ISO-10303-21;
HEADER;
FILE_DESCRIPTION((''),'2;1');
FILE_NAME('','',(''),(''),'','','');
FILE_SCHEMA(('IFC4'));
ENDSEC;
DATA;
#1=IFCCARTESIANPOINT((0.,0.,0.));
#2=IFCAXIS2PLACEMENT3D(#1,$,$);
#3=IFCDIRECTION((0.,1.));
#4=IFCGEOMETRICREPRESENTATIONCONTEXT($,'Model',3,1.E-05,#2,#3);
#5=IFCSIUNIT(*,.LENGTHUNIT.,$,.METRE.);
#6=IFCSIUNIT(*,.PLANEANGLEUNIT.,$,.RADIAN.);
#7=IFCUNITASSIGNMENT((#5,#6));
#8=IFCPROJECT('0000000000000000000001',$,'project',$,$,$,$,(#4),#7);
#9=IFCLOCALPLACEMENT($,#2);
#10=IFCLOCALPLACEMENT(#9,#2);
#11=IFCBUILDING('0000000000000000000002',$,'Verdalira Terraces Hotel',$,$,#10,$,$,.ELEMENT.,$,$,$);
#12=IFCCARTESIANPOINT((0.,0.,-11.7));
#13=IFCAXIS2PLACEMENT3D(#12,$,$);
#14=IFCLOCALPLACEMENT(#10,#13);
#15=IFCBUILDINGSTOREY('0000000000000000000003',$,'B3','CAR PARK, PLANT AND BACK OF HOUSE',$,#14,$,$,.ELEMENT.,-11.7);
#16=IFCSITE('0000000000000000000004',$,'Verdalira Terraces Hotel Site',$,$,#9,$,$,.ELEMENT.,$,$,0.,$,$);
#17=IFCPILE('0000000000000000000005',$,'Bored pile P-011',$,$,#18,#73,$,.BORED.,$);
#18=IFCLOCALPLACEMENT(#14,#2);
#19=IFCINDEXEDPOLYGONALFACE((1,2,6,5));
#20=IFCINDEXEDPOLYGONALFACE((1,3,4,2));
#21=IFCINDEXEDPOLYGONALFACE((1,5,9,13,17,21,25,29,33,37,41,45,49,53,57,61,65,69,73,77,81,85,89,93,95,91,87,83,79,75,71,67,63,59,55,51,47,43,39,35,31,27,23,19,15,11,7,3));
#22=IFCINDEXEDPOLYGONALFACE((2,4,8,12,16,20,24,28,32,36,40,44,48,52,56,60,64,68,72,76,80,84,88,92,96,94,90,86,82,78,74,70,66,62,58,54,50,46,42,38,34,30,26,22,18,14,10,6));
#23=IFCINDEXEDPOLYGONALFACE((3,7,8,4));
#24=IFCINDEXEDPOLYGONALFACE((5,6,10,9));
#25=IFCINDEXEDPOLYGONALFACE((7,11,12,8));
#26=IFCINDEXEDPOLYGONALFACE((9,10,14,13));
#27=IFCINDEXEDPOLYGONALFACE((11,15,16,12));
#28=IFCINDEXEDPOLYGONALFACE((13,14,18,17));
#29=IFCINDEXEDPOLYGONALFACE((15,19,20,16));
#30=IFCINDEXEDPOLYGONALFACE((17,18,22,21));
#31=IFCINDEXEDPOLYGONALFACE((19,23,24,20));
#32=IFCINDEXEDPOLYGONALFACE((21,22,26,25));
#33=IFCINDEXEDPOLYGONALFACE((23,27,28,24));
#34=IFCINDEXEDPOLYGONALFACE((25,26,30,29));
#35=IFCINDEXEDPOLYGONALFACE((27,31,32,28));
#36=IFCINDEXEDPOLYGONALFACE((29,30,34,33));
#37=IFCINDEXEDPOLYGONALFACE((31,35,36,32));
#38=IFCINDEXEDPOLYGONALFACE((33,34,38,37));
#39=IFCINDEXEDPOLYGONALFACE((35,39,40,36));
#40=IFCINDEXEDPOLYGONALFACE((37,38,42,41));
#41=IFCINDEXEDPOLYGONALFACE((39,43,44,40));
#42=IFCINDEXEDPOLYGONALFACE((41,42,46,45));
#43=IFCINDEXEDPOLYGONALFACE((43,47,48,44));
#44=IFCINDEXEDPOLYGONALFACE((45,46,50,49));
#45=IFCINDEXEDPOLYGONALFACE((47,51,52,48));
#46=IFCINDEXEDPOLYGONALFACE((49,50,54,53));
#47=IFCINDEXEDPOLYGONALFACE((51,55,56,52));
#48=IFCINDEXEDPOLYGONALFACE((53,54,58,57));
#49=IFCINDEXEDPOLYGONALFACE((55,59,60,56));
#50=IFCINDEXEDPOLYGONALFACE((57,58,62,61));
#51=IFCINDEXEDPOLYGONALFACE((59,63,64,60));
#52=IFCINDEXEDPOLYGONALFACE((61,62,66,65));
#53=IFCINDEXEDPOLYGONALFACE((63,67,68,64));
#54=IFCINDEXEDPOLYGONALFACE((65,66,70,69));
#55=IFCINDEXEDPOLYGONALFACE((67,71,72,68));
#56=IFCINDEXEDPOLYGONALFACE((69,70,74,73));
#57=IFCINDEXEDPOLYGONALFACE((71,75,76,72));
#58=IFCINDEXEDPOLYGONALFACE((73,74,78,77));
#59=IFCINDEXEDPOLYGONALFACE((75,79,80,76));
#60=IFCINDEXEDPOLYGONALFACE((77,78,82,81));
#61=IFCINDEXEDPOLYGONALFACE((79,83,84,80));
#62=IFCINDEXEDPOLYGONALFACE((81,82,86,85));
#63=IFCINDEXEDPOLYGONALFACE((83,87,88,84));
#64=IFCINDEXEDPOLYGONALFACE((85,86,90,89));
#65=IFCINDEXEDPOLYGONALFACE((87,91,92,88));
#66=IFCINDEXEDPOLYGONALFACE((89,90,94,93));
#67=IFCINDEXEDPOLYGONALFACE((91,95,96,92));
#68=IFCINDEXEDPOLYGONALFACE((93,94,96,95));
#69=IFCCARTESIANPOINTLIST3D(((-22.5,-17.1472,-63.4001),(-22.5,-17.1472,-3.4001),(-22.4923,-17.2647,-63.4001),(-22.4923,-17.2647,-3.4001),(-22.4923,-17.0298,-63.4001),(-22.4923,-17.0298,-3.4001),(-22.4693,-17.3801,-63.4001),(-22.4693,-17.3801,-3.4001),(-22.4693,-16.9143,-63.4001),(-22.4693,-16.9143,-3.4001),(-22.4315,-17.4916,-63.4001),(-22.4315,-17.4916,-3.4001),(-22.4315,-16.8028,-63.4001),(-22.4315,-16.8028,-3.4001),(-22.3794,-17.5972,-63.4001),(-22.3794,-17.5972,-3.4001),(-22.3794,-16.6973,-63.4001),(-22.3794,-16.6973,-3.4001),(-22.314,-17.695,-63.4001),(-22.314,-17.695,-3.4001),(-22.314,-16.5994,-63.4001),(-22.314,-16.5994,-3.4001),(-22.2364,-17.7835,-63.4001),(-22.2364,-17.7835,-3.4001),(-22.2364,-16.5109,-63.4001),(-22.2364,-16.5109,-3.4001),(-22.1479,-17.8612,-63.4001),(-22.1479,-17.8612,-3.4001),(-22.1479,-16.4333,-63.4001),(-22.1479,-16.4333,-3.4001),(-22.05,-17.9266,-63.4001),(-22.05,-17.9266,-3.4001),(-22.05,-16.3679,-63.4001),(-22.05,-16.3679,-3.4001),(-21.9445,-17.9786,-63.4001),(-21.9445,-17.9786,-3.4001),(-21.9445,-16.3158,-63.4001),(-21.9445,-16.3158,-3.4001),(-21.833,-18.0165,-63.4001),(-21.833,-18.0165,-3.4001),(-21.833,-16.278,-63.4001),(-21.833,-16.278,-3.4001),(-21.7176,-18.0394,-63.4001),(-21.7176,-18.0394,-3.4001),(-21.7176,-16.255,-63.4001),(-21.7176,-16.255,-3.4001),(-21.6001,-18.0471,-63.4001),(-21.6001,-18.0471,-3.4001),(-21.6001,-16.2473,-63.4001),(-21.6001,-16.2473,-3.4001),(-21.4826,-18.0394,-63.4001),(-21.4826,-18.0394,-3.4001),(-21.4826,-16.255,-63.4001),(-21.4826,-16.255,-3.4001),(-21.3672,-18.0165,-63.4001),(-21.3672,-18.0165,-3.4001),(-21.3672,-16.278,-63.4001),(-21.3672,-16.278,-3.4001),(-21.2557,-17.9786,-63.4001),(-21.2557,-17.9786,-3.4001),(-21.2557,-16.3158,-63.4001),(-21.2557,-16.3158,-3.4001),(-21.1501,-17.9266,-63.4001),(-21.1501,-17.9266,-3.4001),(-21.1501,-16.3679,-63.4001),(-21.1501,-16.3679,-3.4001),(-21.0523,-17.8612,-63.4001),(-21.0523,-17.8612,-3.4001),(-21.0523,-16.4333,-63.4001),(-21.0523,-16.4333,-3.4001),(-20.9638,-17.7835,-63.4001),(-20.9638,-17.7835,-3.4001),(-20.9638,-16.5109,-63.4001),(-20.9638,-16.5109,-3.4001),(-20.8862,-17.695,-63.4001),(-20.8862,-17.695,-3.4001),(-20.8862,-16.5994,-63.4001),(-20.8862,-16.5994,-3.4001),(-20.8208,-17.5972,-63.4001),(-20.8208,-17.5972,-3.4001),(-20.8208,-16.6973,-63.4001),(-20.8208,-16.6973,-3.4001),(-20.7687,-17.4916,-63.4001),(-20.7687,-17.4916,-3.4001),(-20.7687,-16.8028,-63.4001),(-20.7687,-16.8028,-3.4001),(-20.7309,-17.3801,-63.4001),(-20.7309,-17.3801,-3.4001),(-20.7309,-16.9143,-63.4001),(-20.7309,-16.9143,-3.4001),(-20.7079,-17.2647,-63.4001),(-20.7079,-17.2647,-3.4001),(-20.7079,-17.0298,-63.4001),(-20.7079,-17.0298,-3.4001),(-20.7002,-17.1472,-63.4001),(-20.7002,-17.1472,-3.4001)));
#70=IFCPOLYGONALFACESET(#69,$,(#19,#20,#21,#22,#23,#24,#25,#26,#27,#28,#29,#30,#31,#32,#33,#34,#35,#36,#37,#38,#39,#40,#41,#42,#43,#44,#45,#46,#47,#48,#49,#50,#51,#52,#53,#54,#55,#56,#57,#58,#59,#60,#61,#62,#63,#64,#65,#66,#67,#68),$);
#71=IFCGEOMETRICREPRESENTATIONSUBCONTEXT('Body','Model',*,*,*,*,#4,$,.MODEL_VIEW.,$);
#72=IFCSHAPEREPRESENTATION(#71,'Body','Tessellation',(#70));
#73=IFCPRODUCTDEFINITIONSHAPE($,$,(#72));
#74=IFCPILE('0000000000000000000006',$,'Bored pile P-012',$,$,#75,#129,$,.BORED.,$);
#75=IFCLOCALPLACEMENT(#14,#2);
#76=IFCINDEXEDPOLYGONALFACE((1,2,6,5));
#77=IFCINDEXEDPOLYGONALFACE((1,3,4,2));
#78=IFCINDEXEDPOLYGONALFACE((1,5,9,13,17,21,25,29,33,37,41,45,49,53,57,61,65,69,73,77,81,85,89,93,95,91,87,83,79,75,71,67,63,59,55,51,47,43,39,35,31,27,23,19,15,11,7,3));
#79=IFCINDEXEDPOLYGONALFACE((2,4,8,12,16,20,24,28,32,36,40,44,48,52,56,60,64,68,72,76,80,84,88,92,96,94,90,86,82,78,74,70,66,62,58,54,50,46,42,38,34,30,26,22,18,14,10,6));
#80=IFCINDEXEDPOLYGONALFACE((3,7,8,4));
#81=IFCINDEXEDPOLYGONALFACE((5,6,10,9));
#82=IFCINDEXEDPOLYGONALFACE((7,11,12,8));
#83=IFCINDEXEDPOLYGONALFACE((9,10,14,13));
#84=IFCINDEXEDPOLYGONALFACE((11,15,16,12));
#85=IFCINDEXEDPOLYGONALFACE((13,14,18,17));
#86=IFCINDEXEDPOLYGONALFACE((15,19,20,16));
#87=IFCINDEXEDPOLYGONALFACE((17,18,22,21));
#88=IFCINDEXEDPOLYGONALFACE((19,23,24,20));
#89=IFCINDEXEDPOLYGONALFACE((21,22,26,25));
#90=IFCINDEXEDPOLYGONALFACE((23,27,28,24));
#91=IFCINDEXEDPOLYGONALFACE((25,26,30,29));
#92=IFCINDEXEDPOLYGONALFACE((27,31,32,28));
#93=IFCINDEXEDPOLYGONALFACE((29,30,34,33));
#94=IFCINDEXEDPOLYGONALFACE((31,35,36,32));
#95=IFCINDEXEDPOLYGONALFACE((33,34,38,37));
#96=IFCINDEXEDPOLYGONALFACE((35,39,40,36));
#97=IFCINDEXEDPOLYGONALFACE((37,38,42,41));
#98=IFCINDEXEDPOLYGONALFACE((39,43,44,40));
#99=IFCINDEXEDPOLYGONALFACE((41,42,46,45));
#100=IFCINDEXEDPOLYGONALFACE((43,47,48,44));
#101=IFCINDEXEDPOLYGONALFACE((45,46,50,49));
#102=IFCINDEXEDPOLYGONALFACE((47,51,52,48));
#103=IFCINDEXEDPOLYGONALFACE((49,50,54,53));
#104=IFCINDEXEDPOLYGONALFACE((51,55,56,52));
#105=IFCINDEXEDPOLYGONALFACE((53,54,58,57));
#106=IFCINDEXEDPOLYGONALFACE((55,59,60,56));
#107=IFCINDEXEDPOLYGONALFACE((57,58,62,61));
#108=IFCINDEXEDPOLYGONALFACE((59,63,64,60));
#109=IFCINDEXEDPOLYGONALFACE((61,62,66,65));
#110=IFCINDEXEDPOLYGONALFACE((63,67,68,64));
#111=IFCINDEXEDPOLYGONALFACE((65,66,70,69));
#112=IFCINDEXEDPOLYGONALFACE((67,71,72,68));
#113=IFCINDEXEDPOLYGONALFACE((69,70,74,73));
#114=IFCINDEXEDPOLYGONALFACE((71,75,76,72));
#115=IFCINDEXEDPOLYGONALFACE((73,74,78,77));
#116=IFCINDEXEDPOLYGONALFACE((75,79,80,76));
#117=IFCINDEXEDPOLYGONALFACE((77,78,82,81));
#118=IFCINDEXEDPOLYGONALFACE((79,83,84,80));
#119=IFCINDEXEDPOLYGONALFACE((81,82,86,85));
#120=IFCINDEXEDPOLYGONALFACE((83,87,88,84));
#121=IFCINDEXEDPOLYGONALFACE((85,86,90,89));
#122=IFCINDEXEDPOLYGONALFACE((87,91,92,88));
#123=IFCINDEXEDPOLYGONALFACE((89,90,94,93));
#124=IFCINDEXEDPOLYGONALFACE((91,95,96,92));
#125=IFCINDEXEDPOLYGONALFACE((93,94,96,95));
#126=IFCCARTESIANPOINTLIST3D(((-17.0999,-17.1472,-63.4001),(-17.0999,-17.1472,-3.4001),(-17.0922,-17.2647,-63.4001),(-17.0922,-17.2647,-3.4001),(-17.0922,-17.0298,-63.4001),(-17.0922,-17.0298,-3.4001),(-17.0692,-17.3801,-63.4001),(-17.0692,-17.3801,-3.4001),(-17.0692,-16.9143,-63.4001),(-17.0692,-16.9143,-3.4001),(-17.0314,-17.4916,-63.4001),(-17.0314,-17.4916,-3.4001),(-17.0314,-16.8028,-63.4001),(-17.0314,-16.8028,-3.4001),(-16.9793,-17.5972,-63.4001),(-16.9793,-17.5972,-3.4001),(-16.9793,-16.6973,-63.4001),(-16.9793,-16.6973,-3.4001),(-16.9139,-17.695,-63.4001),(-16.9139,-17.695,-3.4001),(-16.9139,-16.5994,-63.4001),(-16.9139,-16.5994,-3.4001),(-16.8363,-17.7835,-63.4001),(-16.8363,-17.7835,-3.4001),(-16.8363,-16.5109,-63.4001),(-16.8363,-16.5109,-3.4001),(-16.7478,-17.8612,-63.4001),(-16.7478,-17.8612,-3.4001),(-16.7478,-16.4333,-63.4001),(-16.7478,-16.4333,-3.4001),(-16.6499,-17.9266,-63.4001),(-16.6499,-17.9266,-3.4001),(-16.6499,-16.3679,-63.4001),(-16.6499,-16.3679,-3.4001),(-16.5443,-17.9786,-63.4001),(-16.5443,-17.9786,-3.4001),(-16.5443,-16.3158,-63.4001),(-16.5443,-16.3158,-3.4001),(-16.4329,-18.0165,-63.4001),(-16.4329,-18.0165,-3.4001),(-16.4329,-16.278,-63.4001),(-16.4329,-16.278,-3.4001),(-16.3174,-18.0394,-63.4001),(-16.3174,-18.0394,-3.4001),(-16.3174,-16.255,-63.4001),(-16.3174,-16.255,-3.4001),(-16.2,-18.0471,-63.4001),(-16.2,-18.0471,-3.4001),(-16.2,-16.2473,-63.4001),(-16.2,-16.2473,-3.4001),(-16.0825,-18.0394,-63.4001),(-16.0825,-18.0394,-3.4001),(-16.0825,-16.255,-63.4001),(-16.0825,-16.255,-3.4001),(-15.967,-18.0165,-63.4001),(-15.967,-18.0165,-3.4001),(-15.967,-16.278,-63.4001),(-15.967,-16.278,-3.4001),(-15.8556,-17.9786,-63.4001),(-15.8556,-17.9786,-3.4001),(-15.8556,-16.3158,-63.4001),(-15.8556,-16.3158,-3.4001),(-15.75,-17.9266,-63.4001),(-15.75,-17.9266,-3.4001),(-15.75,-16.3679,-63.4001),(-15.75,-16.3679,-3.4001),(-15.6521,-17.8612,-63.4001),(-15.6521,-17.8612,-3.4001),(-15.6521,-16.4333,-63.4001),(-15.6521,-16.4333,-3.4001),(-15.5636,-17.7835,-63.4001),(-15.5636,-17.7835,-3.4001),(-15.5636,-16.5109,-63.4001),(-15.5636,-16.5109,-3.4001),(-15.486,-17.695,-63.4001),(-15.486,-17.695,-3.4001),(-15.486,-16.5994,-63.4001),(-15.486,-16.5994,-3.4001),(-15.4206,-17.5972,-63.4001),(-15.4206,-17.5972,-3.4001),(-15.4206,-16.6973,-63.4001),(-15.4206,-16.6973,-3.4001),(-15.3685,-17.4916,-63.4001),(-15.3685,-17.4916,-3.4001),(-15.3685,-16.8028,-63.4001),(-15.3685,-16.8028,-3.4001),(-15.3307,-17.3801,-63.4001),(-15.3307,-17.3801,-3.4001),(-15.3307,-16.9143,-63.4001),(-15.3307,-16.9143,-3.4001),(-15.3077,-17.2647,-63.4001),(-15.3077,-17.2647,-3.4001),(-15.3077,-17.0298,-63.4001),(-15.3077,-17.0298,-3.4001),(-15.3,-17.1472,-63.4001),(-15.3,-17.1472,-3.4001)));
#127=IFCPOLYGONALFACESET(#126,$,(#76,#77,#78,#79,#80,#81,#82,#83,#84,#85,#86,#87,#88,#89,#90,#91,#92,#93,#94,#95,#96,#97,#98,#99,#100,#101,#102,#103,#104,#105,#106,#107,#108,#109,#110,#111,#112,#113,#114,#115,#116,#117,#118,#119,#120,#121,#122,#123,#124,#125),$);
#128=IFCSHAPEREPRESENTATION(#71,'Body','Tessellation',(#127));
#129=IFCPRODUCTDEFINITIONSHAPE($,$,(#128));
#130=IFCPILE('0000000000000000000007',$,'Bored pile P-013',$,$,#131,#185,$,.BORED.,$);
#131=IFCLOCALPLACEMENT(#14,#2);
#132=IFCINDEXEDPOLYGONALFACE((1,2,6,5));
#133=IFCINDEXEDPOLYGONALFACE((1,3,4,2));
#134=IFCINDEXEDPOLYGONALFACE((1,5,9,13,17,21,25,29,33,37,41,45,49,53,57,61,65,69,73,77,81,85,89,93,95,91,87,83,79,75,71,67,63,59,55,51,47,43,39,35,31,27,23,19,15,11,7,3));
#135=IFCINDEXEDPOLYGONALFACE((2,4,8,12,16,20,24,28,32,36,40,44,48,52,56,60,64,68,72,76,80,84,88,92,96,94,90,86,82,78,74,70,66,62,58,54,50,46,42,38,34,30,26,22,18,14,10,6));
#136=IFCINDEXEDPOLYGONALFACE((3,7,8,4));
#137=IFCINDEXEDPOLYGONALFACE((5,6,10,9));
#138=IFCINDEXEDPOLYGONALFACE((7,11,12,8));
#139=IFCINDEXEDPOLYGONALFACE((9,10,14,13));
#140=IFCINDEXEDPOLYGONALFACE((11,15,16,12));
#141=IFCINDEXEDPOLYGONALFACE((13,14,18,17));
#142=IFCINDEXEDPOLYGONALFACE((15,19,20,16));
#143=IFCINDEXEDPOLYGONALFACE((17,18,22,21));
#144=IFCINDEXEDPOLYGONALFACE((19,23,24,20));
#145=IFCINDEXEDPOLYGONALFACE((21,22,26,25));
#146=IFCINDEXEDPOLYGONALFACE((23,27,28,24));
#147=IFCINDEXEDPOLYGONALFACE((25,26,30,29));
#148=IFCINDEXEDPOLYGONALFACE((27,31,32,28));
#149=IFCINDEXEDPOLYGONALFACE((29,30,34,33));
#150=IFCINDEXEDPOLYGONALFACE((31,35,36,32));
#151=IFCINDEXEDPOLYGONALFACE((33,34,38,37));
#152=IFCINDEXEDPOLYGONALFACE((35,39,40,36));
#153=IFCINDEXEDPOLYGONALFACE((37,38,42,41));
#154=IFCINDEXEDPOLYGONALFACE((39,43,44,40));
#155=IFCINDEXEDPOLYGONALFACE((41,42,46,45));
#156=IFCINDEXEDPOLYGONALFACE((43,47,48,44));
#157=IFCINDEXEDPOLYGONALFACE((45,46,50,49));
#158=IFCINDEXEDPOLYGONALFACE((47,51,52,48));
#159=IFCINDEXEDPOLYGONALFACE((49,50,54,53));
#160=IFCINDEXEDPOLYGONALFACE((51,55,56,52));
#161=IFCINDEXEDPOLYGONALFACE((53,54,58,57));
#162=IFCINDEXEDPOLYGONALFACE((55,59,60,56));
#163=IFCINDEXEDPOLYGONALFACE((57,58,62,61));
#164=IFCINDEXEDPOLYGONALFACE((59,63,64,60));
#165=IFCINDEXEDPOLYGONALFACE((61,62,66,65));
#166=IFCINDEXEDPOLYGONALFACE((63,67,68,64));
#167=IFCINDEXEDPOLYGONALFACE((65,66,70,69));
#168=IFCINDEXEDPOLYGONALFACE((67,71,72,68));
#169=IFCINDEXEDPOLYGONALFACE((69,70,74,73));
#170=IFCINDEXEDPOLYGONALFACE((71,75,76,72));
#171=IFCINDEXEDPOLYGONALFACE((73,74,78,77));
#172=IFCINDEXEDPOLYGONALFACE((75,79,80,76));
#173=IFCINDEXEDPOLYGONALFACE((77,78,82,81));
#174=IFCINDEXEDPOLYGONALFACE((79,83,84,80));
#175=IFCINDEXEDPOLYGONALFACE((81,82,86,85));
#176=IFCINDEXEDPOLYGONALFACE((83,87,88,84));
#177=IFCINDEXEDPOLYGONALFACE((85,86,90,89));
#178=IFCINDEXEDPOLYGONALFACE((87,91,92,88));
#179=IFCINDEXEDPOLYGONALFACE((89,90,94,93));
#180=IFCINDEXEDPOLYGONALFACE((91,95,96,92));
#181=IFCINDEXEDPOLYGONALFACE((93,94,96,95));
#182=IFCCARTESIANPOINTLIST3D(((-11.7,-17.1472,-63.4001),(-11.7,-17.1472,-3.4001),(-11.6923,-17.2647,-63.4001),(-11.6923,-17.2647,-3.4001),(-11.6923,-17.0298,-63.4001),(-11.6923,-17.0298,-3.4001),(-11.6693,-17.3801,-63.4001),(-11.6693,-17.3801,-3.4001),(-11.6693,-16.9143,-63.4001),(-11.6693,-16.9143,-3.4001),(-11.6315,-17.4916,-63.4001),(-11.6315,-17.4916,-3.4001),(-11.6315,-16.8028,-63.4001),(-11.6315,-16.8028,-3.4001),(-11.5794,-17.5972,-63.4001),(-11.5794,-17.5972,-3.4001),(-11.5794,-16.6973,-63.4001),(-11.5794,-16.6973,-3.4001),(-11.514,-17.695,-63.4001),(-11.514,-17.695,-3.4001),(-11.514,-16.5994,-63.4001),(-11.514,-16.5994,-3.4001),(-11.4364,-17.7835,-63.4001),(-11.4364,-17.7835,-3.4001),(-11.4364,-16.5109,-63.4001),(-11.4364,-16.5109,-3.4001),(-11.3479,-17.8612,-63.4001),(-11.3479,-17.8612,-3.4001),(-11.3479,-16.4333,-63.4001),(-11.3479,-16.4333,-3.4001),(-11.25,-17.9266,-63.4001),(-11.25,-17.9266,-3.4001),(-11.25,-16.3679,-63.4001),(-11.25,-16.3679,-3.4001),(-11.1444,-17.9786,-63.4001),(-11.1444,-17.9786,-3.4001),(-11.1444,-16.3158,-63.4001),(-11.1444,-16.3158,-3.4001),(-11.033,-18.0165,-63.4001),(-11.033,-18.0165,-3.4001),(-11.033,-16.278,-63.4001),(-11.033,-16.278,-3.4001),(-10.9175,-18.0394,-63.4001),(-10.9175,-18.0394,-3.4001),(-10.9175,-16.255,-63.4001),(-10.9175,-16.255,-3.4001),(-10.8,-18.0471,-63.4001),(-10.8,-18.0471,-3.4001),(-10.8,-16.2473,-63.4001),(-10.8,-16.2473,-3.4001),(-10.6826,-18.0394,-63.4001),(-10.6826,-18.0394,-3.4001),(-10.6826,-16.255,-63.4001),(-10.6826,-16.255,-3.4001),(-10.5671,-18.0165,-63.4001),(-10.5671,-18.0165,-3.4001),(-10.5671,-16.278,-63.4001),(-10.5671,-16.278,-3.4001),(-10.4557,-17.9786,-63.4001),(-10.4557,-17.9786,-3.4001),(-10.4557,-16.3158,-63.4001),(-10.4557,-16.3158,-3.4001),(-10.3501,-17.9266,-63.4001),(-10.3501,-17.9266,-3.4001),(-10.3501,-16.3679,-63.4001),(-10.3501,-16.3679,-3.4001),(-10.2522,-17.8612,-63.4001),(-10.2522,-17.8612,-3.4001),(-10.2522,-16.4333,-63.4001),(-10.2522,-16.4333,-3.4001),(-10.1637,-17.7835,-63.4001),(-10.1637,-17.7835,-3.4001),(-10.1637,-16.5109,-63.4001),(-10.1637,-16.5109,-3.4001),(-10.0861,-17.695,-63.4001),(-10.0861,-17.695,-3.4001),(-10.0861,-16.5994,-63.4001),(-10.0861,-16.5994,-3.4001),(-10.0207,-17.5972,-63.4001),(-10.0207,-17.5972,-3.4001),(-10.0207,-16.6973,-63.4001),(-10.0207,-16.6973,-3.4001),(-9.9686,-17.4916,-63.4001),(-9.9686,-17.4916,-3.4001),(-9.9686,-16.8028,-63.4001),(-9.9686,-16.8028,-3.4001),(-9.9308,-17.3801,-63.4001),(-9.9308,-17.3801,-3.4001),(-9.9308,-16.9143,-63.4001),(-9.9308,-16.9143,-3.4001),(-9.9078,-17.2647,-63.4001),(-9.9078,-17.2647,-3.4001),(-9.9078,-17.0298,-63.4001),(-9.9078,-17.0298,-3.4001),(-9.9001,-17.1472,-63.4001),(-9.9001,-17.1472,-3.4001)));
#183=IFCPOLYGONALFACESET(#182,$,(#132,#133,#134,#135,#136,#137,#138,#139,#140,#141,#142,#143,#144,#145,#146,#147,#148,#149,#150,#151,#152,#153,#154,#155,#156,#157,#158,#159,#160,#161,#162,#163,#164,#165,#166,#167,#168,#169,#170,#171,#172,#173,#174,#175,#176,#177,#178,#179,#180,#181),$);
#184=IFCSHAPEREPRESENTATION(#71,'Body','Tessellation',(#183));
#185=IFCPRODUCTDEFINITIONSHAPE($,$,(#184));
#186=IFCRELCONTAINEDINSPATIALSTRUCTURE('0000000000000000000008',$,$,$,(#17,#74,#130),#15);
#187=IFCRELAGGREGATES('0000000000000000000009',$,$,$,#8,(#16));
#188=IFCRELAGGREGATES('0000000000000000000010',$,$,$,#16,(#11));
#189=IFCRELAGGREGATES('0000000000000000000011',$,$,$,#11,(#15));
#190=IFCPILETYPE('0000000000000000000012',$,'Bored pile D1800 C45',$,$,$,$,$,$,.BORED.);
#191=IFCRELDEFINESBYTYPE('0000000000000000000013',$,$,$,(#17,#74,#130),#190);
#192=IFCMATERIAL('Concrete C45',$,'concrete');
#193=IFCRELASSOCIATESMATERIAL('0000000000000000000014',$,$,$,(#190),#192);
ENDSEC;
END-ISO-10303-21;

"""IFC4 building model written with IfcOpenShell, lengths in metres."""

from ifc_helpers import new_model, si_unit, direction, frame, origin, origin_2d, place, context, subcontext, project, spatial, circle, extrude, material, material_profile, profile_set, type_object, element, save


model = new_model("IFC4")

# Units and contexts
model_context = context("Model", 3, precision=1e-05, world=origin(), true_north=direction((0.0, 1.0)))
body_context = subcontext(model_context, "Body", "Model", "MODEL_VIEW")
ifc_project = project(units=[si_unit("LENGTHUNIT", "METRE"), si_unit("PLANEANGLEUNIT", "RADIAN")], contexts=[model_context])

# Site, building, storey
site_placement = place(None, origin())
site = spatial("IfcSite", under=ifc_project, at=site_placement, Name="Verdalira Terraces Hotel Site", CompositionType="ELEMENT", RefElevation=0.0)
building_placement = place(site_placement, origin())
building = spatial("IfcBuilding", under=site, at=building_placement, Name="Verdalira Terraces Hotel", CompositionType="ELEMENT")
storey_placement = place(building_placement, frame((0.0, 0.0, -11.7)))
storey = spatial("IfcBuildingStorey", under=building, at=storey_placement, Name="B3", Description="CAR PARK, PLANT AND BACK OF HOUSE", CompositionType="ELEMENT", Elevation=-11.7)

# Piles
ifc_material_1 = material(Name="Concrete C45", Category="concrete")
ifc_material_profile_1 = material_profile(ifc_material_1, circle(Radius=0.8999, at=origin_2d()), Name="D1800")
ifc_profile_set_1 = profile_set([ifc_material_profile_1], Name="Concrete C45")
pile_type = type_object("IfcPileType", Name="Bored pile D1800 C45", PredefinedType="BORED", material=ifc_profile_set_1)
for number, where, z_axis, x_axis, name in (
    (1, (-21.6001, -17.1472, -3.4001), (0.0, 0.0, -1.0), (1.0, 0.0, 0.0), "Bored pile P-011"),
    (2, (-16.2, -17.1472, -3.4001), (0.0, 0.0, -1.0), (1.0, 0.0, 0.0), "Bored pile P-012"),
    (3, (-10.8, -17.1472, -3.4001), (0.0, 0.0, -1.0), (1.0, 0.0, 0.0), "Bored pile P-013"),
):
    element("IfcPile", number, at=place(storey_placement, frame(where, z_axis=z_axis, x_axis=x_axis)), inside=storey, type_object=pile_type, Name=name, PredefinedType="BORED", context=body_context, shape_type="SweptSolid", body=[
        extrude(circle(Radius=0.8999, at=origin_2d()), origin(), (0.0, 0.0, 1.0), 60.0),
    ])

save(model, "model.ifc")
